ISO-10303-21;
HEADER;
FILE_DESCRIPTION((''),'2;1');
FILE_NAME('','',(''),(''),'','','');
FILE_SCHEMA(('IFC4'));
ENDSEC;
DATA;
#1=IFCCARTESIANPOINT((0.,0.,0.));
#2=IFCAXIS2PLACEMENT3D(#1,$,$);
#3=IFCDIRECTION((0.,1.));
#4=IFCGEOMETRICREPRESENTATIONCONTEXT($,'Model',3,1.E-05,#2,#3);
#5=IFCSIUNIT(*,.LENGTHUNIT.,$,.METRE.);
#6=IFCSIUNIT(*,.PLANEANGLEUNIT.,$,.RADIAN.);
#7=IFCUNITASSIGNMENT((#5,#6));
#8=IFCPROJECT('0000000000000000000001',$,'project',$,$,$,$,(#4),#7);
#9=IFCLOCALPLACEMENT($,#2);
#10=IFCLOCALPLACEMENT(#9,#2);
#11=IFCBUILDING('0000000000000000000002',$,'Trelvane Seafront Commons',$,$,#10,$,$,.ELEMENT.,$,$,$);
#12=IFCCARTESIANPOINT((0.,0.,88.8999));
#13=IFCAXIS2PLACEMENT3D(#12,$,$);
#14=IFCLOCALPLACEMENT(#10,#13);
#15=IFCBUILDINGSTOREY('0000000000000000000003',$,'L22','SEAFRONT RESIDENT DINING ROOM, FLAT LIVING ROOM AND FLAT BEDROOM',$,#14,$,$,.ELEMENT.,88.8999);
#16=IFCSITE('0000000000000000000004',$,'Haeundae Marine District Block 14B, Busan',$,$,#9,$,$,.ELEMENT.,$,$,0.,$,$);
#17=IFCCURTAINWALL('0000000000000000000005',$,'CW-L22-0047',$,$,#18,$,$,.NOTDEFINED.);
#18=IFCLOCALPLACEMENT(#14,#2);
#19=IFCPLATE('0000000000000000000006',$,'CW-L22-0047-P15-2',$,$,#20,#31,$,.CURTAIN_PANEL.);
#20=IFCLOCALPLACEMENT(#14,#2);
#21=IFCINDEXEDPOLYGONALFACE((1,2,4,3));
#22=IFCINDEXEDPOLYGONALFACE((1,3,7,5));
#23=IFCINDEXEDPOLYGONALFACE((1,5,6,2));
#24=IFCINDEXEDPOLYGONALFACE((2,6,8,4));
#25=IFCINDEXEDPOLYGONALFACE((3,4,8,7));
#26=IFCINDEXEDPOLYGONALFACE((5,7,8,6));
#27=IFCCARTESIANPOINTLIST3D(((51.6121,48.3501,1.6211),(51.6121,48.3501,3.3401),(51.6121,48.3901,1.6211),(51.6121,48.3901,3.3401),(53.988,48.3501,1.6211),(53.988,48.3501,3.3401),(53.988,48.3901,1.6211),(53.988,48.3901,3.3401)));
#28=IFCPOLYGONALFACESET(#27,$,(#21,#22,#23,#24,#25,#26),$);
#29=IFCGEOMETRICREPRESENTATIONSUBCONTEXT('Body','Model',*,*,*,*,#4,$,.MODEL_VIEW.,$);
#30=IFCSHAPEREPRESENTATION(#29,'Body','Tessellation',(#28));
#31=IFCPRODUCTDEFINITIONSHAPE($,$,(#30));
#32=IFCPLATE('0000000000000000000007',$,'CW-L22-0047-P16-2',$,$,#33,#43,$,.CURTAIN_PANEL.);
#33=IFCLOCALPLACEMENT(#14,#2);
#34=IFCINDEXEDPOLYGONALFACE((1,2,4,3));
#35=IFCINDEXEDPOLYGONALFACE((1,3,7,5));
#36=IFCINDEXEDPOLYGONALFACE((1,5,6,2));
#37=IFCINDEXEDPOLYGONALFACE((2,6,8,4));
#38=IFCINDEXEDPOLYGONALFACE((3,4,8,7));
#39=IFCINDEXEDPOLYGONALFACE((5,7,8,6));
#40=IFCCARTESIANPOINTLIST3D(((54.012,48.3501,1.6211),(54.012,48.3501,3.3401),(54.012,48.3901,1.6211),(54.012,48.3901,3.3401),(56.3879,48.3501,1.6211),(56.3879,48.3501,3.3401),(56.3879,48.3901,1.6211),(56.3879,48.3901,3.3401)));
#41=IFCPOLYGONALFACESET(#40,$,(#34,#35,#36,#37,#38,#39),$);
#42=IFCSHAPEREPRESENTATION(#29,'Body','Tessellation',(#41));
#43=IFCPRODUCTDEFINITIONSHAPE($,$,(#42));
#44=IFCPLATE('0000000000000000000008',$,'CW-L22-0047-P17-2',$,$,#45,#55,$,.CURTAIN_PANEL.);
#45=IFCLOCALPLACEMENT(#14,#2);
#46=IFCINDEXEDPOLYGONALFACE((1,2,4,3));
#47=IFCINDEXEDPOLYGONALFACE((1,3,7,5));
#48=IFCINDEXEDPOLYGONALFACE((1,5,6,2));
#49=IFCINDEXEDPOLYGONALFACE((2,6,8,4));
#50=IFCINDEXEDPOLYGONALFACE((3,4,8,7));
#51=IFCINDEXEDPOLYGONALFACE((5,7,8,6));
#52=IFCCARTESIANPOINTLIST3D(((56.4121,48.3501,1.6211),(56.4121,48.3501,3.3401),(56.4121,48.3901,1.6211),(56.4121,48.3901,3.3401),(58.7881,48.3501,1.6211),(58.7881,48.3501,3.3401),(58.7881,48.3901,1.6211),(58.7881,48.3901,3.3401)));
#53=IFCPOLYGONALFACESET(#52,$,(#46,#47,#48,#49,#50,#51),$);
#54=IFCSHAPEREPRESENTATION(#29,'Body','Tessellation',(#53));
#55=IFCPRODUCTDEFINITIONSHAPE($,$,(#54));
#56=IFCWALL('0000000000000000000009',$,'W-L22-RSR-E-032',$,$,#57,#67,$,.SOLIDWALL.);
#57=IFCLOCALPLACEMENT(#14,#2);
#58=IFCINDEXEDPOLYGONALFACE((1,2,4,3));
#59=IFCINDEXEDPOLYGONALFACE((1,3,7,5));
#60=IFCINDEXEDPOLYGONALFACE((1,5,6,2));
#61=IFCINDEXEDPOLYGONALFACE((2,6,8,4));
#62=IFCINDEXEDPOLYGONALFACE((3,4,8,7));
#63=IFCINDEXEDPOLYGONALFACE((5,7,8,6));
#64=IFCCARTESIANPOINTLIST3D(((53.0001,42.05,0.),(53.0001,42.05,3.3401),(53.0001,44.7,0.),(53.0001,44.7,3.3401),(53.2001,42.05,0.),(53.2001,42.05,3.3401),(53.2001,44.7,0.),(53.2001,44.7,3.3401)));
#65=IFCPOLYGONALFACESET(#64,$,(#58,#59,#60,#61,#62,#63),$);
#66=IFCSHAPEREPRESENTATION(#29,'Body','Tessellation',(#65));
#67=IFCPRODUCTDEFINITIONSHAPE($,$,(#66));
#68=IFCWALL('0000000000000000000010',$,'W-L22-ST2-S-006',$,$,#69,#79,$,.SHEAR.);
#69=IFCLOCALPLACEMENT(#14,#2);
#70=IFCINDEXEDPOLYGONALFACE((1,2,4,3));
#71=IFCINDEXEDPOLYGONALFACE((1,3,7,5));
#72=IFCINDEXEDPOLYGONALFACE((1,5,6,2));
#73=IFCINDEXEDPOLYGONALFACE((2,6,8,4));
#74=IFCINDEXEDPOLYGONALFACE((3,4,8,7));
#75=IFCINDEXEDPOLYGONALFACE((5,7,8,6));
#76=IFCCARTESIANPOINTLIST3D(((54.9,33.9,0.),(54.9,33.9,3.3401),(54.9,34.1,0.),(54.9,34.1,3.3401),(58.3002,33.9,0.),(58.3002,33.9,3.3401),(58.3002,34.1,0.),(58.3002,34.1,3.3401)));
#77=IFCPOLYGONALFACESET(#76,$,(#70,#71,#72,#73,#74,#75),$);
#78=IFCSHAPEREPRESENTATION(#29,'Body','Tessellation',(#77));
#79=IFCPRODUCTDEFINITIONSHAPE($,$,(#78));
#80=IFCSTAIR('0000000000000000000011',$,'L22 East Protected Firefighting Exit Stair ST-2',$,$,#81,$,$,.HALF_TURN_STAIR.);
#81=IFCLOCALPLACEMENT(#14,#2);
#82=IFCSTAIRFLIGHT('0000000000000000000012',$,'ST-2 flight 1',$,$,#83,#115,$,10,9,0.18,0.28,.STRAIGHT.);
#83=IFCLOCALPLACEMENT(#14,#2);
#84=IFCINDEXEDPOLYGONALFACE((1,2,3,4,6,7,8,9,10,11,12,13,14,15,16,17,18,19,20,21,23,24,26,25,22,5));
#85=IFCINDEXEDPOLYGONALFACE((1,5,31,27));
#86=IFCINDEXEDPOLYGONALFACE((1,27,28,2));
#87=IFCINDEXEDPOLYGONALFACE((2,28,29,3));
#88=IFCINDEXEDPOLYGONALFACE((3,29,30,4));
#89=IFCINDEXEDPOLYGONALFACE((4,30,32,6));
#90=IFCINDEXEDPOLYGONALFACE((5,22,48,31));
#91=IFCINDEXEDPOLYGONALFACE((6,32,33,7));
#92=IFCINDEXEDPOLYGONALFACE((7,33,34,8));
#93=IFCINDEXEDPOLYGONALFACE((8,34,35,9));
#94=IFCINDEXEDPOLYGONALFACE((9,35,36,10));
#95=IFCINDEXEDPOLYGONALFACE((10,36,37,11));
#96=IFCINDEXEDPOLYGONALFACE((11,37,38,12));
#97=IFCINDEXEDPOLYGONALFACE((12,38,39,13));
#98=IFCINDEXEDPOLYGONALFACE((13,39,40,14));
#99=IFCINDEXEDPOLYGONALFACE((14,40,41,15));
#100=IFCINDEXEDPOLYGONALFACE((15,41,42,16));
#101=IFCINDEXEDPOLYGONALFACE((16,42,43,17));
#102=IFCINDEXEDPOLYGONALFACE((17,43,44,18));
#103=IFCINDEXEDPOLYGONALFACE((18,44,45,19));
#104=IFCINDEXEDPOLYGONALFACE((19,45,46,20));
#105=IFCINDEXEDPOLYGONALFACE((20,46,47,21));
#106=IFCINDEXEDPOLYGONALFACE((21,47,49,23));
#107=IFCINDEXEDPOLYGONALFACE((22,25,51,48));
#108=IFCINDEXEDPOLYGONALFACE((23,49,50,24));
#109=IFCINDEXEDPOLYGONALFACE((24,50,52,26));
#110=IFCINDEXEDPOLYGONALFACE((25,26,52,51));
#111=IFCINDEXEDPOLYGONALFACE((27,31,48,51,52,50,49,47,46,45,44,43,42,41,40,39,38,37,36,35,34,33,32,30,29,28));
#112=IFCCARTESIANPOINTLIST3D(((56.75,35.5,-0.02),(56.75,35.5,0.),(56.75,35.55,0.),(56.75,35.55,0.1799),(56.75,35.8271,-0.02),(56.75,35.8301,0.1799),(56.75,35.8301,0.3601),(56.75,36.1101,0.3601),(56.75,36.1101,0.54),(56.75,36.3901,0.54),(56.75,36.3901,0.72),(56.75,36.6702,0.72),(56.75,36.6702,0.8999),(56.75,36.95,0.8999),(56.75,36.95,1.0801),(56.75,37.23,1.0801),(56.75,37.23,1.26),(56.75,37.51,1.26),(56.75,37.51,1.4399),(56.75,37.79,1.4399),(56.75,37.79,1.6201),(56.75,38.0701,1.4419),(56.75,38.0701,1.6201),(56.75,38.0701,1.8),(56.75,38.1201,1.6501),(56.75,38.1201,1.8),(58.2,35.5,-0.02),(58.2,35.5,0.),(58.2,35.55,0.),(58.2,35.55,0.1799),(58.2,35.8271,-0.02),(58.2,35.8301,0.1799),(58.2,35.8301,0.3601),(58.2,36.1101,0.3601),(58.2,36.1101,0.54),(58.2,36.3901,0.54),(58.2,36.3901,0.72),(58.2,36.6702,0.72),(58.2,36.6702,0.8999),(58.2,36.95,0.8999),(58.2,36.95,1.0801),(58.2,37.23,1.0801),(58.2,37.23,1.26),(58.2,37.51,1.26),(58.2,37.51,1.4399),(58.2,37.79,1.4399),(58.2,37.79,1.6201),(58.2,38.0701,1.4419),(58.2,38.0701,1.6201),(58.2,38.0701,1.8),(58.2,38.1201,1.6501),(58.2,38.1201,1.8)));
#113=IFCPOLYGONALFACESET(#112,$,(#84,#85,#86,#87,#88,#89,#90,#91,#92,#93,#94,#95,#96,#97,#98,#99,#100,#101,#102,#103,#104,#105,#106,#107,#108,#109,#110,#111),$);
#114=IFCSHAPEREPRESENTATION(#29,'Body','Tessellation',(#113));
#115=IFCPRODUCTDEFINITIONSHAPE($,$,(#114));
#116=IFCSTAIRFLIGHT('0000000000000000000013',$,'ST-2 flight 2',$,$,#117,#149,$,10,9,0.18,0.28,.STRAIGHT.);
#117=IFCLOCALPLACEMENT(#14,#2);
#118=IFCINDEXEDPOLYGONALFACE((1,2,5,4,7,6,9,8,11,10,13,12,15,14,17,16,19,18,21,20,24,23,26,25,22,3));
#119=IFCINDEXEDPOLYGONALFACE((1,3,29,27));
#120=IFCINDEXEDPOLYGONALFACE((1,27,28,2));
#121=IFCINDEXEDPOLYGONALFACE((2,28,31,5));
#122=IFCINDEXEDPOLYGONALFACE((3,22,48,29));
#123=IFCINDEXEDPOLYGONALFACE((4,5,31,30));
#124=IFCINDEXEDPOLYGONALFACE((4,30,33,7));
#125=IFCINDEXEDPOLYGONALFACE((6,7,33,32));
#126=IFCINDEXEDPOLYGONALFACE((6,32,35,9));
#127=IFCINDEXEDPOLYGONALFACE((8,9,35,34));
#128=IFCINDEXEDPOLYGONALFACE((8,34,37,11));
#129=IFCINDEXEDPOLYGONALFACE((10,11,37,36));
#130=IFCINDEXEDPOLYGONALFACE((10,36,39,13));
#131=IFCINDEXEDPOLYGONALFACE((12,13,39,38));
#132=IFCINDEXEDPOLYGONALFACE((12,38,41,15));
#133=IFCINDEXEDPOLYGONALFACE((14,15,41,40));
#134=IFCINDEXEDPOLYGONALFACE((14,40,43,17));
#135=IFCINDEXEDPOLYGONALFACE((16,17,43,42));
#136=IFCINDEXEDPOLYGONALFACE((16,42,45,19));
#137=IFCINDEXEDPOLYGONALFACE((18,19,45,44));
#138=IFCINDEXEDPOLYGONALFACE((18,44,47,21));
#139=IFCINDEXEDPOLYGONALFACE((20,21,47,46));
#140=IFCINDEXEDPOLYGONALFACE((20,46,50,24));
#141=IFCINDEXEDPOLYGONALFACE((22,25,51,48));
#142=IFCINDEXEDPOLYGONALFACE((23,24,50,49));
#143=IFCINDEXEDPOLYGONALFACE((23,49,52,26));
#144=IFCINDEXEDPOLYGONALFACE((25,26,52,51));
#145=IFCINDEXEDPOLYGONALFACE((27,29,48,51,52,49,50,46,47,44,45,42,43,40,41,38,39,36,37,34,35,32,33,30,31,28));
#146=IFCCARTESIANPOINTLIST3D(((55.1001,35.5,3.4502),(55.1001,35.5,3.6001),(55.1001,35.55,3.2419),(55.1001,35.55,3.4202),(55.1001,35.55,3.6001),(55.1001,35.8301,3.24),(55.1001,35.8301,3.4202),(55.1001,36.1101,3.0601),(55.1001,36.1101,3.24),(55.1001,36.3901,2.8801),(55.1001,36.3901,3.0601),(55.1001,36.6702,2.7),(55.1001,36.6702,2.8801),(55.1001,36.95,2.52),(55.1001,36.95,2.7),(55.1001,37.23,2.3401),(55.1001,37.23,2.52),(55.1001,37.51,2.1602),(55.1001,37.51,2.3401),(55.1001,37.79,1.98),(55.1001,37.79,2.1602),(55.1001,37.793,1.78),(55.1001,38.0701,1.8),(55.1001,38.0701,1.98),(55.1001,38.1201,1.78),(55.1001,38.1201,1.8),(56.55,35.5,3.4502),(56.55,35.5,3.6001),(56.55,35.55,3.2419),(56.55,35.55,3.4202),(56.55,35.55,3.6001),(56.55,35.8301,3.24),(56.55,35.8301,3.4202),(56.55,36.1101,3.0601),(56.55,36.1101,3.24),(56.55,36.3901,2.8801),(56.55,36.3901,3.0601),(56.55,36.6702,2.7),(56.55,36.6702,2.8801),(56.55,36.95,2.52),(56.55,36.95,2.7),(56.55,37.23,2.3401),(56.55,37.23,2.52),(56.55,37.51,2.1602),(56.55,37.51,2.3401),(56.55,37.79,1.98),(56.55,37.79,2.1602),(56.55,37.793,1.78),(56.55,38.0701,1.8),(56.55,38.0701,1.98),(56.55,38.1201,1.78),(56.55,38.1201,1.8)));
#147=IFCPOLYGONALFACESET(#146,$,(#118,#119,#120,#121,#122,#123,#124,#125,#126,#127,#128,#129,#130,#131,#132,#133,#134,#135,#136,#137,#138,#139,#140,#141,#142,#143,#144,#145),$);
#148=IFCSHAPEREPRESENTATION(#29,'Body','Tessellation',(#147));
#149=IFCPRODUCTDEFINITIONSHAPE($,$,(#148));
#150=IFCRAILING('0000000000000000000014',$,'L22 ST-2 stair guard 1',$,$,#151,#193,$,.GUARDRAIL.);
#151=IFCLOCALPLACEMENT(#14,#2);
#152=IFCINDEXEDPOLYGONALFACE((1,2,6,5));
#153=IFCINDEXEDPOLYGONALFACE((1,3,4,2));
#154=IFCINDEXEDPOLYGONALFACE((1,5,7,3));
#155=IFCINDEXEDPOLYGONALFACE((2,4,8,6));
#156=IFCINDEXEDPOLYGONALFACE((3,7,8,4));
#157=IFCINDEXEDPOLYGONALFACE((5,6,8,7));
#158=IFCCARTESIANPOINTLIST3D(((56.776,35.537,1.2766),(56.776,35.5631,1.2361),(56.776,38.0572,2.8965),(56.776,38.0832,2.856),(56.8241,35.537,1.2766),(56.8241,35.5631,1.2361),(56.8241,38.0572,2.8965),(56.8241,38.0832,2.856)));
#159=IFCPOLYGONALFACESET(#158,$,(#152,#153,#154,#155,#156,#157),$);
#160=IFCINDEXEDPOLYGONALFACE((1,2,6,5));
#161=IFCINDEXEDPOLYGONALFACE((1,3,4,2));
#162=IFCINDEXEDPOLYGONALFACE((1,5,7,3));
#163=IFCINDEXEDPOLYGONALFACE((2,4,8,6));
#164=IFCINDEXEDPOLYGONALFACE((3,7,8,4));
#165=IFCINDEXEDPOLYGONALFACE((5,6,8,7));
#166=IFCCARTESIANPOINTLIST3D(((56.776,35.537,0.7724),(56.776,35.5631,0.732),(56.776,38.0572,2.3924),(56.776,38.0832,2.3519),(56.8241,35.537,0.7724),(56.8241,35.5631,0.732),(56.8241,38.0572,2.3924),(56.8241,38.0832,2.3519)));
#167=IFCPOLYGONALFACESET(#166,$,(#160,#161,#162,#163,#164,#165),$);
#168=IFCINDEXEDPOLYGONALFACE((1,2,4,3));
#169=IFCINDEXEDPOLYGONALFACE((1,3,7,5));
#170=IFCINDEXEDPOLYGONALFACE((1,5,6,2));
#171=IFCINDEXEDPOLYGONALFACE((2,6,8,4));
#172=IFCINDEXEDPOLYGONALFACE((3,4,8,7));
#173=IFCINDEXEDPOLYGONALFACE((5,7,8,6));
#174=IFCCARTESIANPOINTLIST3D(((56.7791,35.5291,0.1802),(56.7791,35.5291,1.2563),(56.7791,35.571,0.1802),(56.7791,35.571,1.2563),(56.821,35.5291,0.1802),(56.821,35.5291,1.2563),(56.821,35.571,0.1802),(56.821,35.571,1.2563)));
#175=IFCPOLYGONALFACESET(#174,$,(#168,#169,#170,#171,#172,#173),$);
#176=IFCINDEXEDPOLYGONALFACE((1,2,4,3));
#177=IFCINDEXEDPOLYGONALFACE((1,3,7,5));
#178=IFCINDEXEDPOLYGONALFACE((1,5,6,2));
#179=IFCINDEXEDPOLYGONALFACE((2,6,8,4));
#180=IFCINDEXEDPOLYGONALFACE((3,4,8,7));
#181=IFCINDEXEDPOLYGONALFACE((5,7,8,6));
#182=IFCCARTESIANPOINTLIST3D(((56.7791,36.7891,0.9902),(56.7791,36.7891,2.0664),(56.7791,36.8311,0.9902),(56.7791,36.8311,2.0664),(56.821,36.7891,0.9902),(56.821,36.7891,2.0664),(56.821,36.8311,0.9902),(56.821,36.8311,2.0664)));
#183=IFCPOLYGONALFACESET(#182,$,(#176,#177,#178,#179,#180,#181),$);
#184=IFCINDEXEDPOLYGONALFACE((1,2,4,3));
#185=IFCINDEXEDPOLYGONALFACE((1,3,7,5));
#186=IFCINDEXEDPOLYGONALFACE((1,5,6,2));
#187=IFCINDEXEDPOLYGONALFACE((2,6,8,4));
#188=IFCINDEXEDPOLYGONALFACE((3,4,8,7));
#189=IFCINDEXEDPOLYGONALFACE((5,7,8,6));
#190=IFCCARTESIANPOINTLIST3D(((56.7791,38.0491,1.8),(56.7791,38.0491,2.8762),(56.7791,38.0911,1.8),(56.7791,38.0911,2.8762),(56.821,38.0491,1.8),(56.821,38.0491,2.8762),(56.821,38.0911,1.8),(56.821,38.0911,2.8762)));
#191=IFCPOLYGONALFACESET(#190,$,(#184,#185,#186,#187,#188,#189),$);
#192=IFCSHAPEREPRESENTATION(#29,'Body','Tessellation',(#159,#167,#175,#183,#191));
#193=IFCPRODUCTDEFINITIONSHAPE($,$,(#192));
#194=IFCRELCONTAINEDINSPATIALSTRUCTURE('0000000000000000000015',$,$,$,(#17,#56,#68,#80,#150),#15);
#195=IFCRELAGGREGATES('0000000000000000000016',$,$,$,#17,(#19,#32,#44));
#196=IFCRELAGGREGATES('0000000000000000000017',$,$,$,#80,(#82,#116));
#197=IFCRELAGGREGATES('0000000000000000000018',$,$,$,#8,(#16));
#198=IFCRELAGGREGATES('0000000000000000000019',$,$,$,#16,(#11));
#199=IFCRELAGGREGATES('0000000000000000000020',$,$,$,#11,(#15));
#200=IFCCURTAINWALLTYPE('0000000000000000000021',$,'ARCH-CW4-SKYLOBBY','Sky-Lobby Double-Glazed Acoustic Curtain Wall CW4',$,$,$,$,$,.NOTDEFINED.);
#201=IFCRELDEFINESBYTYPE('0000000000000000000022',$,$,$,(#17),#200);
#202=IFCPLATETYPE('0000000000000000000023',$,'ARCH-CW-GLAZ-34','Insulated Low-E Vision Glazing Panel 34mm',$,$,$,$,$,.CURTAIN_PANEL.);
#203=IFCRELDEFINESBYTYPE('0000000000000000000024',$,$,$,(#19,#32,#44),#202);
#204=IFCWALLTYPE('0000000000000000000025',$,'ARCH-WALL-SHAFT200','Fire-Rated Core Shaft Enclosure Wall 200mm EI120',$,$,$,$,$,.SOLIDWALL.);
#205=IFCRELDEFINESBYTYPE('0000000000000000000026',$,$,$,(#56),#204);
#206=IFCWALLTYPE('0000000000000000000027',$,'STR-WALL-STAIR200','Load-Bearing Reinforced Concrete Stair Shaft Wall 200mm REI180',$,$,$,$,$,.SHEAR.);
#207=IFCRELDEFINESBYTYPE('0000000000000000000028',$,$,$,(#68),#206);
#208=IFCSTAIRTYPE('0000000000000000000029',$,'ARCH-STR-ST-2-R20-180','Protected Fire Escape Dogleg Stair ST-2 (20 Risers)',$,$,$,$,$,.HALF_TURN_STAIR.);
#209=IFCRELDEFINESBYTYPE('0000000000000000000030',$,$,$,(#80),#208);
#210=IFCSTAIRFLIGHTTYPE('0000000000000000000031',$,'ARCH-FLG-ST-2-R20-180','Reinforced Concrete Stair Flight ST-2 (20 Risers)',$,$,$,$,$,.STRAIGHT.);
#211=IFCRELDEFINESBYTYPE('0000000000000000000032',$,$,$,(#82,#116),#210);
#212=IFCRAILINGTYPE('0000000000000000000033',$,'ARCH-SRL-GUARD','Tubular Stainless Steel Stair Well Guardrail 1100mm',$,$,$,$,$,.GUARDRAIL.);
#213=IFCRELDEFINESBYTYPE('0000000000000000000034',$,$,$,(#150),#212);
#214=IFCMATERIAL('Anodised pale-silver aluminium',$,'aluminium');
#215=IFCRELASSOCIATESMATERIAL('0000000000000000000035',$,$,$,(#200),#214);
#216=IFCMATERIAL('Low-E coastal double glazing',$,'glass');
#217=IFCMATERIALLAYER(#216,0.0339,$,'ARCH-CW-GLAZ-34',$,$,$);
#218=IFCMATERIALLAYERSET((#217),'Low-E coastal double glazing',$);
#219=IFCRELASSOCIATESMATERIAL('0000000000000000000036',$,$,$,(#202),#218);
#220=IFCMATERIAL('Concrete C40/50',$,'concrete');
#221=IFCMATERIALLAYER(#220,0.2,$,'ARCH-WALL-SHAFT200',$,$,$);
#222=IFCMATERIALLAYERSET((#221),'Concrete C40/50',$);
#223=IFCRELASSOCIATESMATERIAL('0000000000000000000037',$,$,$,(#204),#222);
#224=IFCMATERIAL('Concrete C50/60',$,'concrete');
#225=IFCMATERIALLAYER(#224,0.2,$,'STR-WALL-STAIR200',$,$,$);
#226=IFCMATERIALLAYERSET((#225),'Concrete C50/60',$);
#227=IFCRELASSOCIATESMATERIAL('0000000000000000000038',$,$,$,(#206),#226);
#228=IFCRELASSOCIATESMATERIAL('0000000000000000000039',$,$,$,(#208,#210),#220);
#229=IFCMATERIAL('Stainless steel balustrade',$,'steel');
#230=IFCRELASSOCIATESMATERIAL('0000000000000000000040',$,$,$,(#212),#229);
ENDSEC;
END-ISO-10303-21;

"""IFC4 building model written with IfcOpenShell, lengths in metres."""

from ifc_helpers import new_model, si_unit, direction, frame, frame_2d, origin, origin_2d, place, context, subcontext, project, spatial, polyline, rectangle, outline, extrude, source, transform, mapped, material, layer, layer_set, type_object, element, aggregate, save


model = new_model("IFC4")

# Units and contexts
model_context = context("Model", 3, precision=1e-05, world=origin(), true_north=direction((0.0, 1.0)))
body_context = subcontext(model_context, "Body", "Model", "MODEL_VIEW")
ifc_project = project(units=[si_unit("LENGTHUNIT", "METRE"), si_unit("PLANEANGLEUNIT", "RADIAN")], contexts=[model_context])

# Site, building, storey
site_placement = place(None, origin())
site = spatial("IfcSite", under=ifc_project, at=site_placement, Name="Haeundae Marine District Block 14B, Busan", CompositionType="ELEMENT", RefElevation=0.0)
building_placement = place(site_placement, origin())
building = spatial("IfcBuilding", under=site, at=building_placement, Name="Trelvane Seafront Commons", CompositionType="ELEMENT")
storey_placement = place(building_placement, frame((0.0, 0.0, 88.8999)))
storey = spatial("IfcBuildingStorey", under=building, at=storey_placement, Name="L22", Description="SEAFRONT RESIDENT DINING ROOM, FLAT LIVING ROOM AND FLAT BEDROOM", CompositionType="ELEMENT", Elevation=88.8999)

# Curtain wall
ifc_material_1 = material(Name="Anodised pale-silver aluminium", Category="aluminium")
curtain_wall_type = type_object("IfcCurtainWallType", Name="ARCH-CW4-SKYLOBBY", Description="Sky-Lobby Double-Glazed Acoustic Curtain Wall CW4", PredefinedType="NOTDEFINED", material=ifc_material_1)
curtain_wall_placement = place(storey_placement, origin())
curtain_wall = element("IfcCurtainWall", 1, at=curtain_wall_placement, inside=storey, type_object=curtain_wall_type, Name="CW-L22-0047", PredefinedType="NOTDEFINED")

# Plates
ifc_material_2 = material(Name="Low-E coastal double glazing", Category="glass")
ifc_layer_1 = layer(ifc_material_2, 0.0339, Name="ARCH-CW-GLAZ-34")
ifc_layer_set_1 = layer_set([ifc_layer_1], Name="Low-E coastal double glazing")
plate_type_1 = type_object("IfcPlateType", Name="ARCH-CW-GLAZ-34", Description="Insulated Low-E Vision Glazing Panel 34mm", PredefinedType="CURTAIN_PANEL", material=ifc_layer_set_1)
shared_shape_1 = source(origin(), body_context, "Body", "SweptSolid", [
    extrude(rectangle(XDim=2.376, YDim=0.04, at=origin_2d()), origin(), (0.0, 0.0, 1.0), 1.719),
])
plate_1_placement = place(storey_placement, frame((52.8, 48.3701, 1.6211), z_axis=(0.0, 0.0, 1.0), x_axis=(1.0, 0.0, 0.0)))
plate_1 = element("IfcPlate", 2, at=plate_1_placement, type_object=plate_type_1, Name="CW-L22-0047-P15-2", PredefinedType="CURTAIN_PANEL", context=body_context, shape_type="MappedRepresentation", body=[
    mapped(shared_shape_1, transform((0.0, 0.0, 0.0), x_axis=(1.0, 0.0, 0.0), y_axis=(0.0, 1.0, 0.0), z_axis=(0.0, 0.0, 1.0), scale=1.0)),
])
plate_2_placement = place(storey_placement, frame((55.2, 48.3701, 1.6211), z_axis=(0.0, 0.0, 1.0), x_axis=(1.0, 0.0, 0.0)))
plate_2 = element("IfcPlate", 3, at=plate_2_placement, type_object=plate_type_1, Name="CW-L22-0047-P16-2", PredefinedType="CURTAIN_PANEL", context=body_context, shape_type="MappedRepresentation", body=[
    mapped(shared_shape_1, transform((0.0, 0.0, 0.0), x_axis=(1.0, 0.0, 0.0), y_axis=(0.0, 1.0, 0.0), z_axis=(0.0, 0.0, 1.0), scale=1.0)),
])
plate_3_placement = place(storey_placement, frame((57.6001, 48.3701, 1.6211), z_axis=(0.0, 0.0, 1.0), x_axis=(1.0, 0.0, 0.0)))
plate_3 = element("IfcPlate", 4, at=plate_3_placement, type_object=plate_type_1, Name="CW-L22-0047-P17-2", PredefinedType="CURTAIN_PANEL", context=body_context, shape_type="MappedRepresentation", body=[
    mapped(shared_shape_1, transform((0.0, 0.0, 0.0), x_axis=(1.0, 0.0, 0.0), y_axis=(0.0, 1.0, 0.0), z_axis=(0.0, 0.0, 1.0), scale=1.0)),
])
aggregate(curtain_wall, [plate_1, plate_2, plate_3])

# Walls
ifc_material_3 = material(Name="Concrete C40/50", Category="concrete")
ifc_layer_2 = layer(ifc_material_3, 0.2, Name="ARCH-WALL-SHAFT200")
ifc_layer_set_2 = layer_set([ifc_layer_2], Name="Concrete C40/50")
wall_type_1 = type_object("IfcWallType", Name="ARCH-WALL-SHAFT200", Description="Fire-Rated Core Shaft Enclosure Wall 200mm EI120", PredefinedType="SOLIDWALL", material=ifc_layer_set_2)
wall_1_placement = place(storey_placement, frame((53.1001, 42.05, 0.0), z_axis=(0.0, 0.0, 1.0), x_axis=(0.0, 1.0, 0.0)))
element("IfcWall", 5, at=wall_1_placement, inside=storey, type_object=wall_type_1, Name="W-L22-RSR-E-032", PredefinedType="SOLIDWALL", context=body_context, shape_type="SweptSolid", body=[
    extrude(rectangle(XDim=2.6499, YDim=0.2, at=frame_2d((1.325, 0.0))), origin(), (0.0, 0.0, 1.0), 3.3401),
])
ifc_material_4 = material(Name="Concrete C50/60", Category="concrete")
ifc_layer_3 = layer(ifc_material_4, 0.2, Name="STR-WALL-STAIR200")
ifc_layer_set_3 = layer_set([ifc_layer_3], Name="Concrete C50/60")
wall_type_2 = type_object("IfcWallType", Name="STR-WALL-STAIR200", Description="Load-Bearing Reinforced Concrete Stair Shaft Wall 200mm REI180", PredefinedType="SHEAR", material=ifc_layer_set_3)
wall_2_placement = place(storey_placement, frame((54.8999, 34.0, 0.0), z_axis=(0.0, 0.0, 1.0), x_axis=(1.0, 0.0, 0.0)))
element("IfcWall", 6, at=wall_2_placement, inside=storey, type_object=wall_type_2, Name="W-L22-ST2-S-006", PredefinedType="SHEAR", context=body_context, shape_type="SweptSolid", body=[
    extrude(rectangle(XDim=3.4001, YDim=0.2, at=frame_2d((1.7002, 0.0))), origin(), (0.0, 0.0, 1.0), 3.3401),
])

# Stair, stair flights
stair_type = type_object("IfcStairType", Name="ARCH-STR-ST-2-R20-180", Description="Protected Fire Escape Dogleg Stair ST-2 (20 Risers)", PredefinedType="HALF_TURN_STAIR", material=ifc_material_3)
stair_placement = place(storey_placement, origin())
stair = element("IfcStair", 7, at=stair_placement, inside=storey, type_object=stair_type, Name="L22 East Protected Firefighting Exit Stair ST-2", PredefinedType="HALF_TURN_STAIR")
stair_flight_type = type_object("IfcStairFlightType", Name="ARCH-FLG-ST-2-R20-180", Description="Reinforced Concrete Stair Flight ST-2 (20 Risers)", PredefinedType="STRAIGHT", material=ifc_material_3)
shared_shape_2 = source(origin(), body_context, "Body", "SweptSolid", [
    extrude(outline(polyline([(-0.05, -0.02), (-0.05, 0.0), (0.0, 0.0), (0.0, 0.1799), (0.28, 0.1799), (0.28, 0.3601), (0.5601, 0.3601), (0.5601, 0.54), (0.8401, 0.54), (0.8401, 0.72), (1.1201, 0.72), (1.1201, 0.8999), (1.3999, 0.8999), (1.3999, 1.0801), (1.6799, 1.0801), (1.6799, 1.26), (1.96, 1.26), (1.96, 1.4399), (2.24, 1.4399), (2.24, 1.6201), (2.52, 1.6201), (2.52, 1.8), (2.5701, 1.8), (2.5701, 1.6501), (2.52, 1.4419), (0.2771, -0.02), (-0.05, -0.02)])), frame((0.0, 0.7251, 0.0), z_axis=(0.0, -1.0, 0.0), x_axis=(1.0, 0.0, 0.0)), (0.0, 0.0, 1.0), 1.45),
])
stair_flight_1_placement = place(storey_placement, frame((57.4751, 35.55, 0.0), z_axis=(0.0, 0.0, 1.0), x_axis=(0.0, 1.0, 0.0)))
stair_flight_1 = element("IfcStairFlight", 8, at=stair_flight_1_placement, type_object=stair_flight_type, Name="ST-2 flight 1", NumberOfRisers=10, NumberOfTreads=9, PredefinedType="STRAIGHT", RiserHeight=0.18, TreadLength=0.28, context=body_context, shape_type="MappedRepresentation", body=[
    mapped(shared_shape_2, transform((0.0, 0.0, 0.0), x_axis=(1.0, 0.0, 0.0), y_axis=(0.0, 1.0, 0.0), z_axis=(0.0, 0.0, 1.0), scale=1.0)),
])
stair_flight_2_placement = place(storey_placement, frame((55.825, 38.0701, 1.8), z_axis=(0.0, 0.0, 1.0), x_axis=(0.0, -1.0, 0.0)))
stair_flight_2 = element("IfcStairFlight", 9, at=stair_flight_2_placement, type_object=stair_flight_type, Name="ST-2 flight 2", NumberOfRisers=10, NumberOfTreads=9, PredefinedType="STRAIGHT", RiserHeight=0.18, TreadLength=0.28, context=body_context, shape_type="MappedRepresentation", body=[
    mapped(shared_shape_2, transform((0.0, 0.0, 0.0), x_axis=(1.0, 0.0, 0.0), y_axis=(0.0, 1.0, 0.0), z_axis=(0.0, 0.0, 1.0), scale=1.0)),
])
aggregate(stair, [stair_flight_1, stair_flight_2])

# Railing
ifc_material_5 = material(Name="Stainless steel balustrade", Category="steel")
railing_type_1 = type_object("IfcRailingType", Name="ARCH-SRL-GUARD", Description="Tubular Stainless Steel Stair Well Guardrail 1100mm", PredefinedType="GUARDRAIL", material=ifc_material_5)
railing_1_placement = place(storey_placement, frame((56.8, 35.55, 0.1802)))
element("IfcRailing", 10, at=railing_1_placement, inside=storey, type_object=railing_type_1, Name="L22 ST-2 stair guard 1", PredefinedType="GUARDRAIL", context=body_context, shape_type="SweptSolid", body=[
    extrude(rectangle(XDim=0.0481, YDim=0.0481, at=origin_2d()), frame((0.0, 0.0, 1.0762), z_axis=(0.0, 0.8412, 0.540725), x_axis=(-1.0, 0.0, 0.0)), (0.0, 0.0, 1.0), 2.9958),
    extrude(rectangle(XDim=0.0481, YDim=0.0481, at=origin_2d()), frame((0.0, 0.0, 0.572), z_axis=(0.0, 0.8412, 0.540725), x_axis=(-1.0, 0.0, 0.0)), (0.0, 0.0, 1.0), 2.9958),
    extrude(rectangle(XDim=0.042, YDim=0.042, at=origin_2d()), origin(), (0.0, 0.0, 1.0), 1.0762),
    extrude(rectangle(XDim=0.042, YDim=0.042, at=origin_2d()), frame((0.0, 1.26, 0.8101)), (0.0, 0.0, 1.0), 1.0762),
    extrude(rectangle(XDim=0.042, YDim=0.042, at=origin_2d()), frame((0.0, 2.52, 1.6199)), (0.0, 0.0, 1.0), 1.0762),
])

save(model, "model.ifc")
